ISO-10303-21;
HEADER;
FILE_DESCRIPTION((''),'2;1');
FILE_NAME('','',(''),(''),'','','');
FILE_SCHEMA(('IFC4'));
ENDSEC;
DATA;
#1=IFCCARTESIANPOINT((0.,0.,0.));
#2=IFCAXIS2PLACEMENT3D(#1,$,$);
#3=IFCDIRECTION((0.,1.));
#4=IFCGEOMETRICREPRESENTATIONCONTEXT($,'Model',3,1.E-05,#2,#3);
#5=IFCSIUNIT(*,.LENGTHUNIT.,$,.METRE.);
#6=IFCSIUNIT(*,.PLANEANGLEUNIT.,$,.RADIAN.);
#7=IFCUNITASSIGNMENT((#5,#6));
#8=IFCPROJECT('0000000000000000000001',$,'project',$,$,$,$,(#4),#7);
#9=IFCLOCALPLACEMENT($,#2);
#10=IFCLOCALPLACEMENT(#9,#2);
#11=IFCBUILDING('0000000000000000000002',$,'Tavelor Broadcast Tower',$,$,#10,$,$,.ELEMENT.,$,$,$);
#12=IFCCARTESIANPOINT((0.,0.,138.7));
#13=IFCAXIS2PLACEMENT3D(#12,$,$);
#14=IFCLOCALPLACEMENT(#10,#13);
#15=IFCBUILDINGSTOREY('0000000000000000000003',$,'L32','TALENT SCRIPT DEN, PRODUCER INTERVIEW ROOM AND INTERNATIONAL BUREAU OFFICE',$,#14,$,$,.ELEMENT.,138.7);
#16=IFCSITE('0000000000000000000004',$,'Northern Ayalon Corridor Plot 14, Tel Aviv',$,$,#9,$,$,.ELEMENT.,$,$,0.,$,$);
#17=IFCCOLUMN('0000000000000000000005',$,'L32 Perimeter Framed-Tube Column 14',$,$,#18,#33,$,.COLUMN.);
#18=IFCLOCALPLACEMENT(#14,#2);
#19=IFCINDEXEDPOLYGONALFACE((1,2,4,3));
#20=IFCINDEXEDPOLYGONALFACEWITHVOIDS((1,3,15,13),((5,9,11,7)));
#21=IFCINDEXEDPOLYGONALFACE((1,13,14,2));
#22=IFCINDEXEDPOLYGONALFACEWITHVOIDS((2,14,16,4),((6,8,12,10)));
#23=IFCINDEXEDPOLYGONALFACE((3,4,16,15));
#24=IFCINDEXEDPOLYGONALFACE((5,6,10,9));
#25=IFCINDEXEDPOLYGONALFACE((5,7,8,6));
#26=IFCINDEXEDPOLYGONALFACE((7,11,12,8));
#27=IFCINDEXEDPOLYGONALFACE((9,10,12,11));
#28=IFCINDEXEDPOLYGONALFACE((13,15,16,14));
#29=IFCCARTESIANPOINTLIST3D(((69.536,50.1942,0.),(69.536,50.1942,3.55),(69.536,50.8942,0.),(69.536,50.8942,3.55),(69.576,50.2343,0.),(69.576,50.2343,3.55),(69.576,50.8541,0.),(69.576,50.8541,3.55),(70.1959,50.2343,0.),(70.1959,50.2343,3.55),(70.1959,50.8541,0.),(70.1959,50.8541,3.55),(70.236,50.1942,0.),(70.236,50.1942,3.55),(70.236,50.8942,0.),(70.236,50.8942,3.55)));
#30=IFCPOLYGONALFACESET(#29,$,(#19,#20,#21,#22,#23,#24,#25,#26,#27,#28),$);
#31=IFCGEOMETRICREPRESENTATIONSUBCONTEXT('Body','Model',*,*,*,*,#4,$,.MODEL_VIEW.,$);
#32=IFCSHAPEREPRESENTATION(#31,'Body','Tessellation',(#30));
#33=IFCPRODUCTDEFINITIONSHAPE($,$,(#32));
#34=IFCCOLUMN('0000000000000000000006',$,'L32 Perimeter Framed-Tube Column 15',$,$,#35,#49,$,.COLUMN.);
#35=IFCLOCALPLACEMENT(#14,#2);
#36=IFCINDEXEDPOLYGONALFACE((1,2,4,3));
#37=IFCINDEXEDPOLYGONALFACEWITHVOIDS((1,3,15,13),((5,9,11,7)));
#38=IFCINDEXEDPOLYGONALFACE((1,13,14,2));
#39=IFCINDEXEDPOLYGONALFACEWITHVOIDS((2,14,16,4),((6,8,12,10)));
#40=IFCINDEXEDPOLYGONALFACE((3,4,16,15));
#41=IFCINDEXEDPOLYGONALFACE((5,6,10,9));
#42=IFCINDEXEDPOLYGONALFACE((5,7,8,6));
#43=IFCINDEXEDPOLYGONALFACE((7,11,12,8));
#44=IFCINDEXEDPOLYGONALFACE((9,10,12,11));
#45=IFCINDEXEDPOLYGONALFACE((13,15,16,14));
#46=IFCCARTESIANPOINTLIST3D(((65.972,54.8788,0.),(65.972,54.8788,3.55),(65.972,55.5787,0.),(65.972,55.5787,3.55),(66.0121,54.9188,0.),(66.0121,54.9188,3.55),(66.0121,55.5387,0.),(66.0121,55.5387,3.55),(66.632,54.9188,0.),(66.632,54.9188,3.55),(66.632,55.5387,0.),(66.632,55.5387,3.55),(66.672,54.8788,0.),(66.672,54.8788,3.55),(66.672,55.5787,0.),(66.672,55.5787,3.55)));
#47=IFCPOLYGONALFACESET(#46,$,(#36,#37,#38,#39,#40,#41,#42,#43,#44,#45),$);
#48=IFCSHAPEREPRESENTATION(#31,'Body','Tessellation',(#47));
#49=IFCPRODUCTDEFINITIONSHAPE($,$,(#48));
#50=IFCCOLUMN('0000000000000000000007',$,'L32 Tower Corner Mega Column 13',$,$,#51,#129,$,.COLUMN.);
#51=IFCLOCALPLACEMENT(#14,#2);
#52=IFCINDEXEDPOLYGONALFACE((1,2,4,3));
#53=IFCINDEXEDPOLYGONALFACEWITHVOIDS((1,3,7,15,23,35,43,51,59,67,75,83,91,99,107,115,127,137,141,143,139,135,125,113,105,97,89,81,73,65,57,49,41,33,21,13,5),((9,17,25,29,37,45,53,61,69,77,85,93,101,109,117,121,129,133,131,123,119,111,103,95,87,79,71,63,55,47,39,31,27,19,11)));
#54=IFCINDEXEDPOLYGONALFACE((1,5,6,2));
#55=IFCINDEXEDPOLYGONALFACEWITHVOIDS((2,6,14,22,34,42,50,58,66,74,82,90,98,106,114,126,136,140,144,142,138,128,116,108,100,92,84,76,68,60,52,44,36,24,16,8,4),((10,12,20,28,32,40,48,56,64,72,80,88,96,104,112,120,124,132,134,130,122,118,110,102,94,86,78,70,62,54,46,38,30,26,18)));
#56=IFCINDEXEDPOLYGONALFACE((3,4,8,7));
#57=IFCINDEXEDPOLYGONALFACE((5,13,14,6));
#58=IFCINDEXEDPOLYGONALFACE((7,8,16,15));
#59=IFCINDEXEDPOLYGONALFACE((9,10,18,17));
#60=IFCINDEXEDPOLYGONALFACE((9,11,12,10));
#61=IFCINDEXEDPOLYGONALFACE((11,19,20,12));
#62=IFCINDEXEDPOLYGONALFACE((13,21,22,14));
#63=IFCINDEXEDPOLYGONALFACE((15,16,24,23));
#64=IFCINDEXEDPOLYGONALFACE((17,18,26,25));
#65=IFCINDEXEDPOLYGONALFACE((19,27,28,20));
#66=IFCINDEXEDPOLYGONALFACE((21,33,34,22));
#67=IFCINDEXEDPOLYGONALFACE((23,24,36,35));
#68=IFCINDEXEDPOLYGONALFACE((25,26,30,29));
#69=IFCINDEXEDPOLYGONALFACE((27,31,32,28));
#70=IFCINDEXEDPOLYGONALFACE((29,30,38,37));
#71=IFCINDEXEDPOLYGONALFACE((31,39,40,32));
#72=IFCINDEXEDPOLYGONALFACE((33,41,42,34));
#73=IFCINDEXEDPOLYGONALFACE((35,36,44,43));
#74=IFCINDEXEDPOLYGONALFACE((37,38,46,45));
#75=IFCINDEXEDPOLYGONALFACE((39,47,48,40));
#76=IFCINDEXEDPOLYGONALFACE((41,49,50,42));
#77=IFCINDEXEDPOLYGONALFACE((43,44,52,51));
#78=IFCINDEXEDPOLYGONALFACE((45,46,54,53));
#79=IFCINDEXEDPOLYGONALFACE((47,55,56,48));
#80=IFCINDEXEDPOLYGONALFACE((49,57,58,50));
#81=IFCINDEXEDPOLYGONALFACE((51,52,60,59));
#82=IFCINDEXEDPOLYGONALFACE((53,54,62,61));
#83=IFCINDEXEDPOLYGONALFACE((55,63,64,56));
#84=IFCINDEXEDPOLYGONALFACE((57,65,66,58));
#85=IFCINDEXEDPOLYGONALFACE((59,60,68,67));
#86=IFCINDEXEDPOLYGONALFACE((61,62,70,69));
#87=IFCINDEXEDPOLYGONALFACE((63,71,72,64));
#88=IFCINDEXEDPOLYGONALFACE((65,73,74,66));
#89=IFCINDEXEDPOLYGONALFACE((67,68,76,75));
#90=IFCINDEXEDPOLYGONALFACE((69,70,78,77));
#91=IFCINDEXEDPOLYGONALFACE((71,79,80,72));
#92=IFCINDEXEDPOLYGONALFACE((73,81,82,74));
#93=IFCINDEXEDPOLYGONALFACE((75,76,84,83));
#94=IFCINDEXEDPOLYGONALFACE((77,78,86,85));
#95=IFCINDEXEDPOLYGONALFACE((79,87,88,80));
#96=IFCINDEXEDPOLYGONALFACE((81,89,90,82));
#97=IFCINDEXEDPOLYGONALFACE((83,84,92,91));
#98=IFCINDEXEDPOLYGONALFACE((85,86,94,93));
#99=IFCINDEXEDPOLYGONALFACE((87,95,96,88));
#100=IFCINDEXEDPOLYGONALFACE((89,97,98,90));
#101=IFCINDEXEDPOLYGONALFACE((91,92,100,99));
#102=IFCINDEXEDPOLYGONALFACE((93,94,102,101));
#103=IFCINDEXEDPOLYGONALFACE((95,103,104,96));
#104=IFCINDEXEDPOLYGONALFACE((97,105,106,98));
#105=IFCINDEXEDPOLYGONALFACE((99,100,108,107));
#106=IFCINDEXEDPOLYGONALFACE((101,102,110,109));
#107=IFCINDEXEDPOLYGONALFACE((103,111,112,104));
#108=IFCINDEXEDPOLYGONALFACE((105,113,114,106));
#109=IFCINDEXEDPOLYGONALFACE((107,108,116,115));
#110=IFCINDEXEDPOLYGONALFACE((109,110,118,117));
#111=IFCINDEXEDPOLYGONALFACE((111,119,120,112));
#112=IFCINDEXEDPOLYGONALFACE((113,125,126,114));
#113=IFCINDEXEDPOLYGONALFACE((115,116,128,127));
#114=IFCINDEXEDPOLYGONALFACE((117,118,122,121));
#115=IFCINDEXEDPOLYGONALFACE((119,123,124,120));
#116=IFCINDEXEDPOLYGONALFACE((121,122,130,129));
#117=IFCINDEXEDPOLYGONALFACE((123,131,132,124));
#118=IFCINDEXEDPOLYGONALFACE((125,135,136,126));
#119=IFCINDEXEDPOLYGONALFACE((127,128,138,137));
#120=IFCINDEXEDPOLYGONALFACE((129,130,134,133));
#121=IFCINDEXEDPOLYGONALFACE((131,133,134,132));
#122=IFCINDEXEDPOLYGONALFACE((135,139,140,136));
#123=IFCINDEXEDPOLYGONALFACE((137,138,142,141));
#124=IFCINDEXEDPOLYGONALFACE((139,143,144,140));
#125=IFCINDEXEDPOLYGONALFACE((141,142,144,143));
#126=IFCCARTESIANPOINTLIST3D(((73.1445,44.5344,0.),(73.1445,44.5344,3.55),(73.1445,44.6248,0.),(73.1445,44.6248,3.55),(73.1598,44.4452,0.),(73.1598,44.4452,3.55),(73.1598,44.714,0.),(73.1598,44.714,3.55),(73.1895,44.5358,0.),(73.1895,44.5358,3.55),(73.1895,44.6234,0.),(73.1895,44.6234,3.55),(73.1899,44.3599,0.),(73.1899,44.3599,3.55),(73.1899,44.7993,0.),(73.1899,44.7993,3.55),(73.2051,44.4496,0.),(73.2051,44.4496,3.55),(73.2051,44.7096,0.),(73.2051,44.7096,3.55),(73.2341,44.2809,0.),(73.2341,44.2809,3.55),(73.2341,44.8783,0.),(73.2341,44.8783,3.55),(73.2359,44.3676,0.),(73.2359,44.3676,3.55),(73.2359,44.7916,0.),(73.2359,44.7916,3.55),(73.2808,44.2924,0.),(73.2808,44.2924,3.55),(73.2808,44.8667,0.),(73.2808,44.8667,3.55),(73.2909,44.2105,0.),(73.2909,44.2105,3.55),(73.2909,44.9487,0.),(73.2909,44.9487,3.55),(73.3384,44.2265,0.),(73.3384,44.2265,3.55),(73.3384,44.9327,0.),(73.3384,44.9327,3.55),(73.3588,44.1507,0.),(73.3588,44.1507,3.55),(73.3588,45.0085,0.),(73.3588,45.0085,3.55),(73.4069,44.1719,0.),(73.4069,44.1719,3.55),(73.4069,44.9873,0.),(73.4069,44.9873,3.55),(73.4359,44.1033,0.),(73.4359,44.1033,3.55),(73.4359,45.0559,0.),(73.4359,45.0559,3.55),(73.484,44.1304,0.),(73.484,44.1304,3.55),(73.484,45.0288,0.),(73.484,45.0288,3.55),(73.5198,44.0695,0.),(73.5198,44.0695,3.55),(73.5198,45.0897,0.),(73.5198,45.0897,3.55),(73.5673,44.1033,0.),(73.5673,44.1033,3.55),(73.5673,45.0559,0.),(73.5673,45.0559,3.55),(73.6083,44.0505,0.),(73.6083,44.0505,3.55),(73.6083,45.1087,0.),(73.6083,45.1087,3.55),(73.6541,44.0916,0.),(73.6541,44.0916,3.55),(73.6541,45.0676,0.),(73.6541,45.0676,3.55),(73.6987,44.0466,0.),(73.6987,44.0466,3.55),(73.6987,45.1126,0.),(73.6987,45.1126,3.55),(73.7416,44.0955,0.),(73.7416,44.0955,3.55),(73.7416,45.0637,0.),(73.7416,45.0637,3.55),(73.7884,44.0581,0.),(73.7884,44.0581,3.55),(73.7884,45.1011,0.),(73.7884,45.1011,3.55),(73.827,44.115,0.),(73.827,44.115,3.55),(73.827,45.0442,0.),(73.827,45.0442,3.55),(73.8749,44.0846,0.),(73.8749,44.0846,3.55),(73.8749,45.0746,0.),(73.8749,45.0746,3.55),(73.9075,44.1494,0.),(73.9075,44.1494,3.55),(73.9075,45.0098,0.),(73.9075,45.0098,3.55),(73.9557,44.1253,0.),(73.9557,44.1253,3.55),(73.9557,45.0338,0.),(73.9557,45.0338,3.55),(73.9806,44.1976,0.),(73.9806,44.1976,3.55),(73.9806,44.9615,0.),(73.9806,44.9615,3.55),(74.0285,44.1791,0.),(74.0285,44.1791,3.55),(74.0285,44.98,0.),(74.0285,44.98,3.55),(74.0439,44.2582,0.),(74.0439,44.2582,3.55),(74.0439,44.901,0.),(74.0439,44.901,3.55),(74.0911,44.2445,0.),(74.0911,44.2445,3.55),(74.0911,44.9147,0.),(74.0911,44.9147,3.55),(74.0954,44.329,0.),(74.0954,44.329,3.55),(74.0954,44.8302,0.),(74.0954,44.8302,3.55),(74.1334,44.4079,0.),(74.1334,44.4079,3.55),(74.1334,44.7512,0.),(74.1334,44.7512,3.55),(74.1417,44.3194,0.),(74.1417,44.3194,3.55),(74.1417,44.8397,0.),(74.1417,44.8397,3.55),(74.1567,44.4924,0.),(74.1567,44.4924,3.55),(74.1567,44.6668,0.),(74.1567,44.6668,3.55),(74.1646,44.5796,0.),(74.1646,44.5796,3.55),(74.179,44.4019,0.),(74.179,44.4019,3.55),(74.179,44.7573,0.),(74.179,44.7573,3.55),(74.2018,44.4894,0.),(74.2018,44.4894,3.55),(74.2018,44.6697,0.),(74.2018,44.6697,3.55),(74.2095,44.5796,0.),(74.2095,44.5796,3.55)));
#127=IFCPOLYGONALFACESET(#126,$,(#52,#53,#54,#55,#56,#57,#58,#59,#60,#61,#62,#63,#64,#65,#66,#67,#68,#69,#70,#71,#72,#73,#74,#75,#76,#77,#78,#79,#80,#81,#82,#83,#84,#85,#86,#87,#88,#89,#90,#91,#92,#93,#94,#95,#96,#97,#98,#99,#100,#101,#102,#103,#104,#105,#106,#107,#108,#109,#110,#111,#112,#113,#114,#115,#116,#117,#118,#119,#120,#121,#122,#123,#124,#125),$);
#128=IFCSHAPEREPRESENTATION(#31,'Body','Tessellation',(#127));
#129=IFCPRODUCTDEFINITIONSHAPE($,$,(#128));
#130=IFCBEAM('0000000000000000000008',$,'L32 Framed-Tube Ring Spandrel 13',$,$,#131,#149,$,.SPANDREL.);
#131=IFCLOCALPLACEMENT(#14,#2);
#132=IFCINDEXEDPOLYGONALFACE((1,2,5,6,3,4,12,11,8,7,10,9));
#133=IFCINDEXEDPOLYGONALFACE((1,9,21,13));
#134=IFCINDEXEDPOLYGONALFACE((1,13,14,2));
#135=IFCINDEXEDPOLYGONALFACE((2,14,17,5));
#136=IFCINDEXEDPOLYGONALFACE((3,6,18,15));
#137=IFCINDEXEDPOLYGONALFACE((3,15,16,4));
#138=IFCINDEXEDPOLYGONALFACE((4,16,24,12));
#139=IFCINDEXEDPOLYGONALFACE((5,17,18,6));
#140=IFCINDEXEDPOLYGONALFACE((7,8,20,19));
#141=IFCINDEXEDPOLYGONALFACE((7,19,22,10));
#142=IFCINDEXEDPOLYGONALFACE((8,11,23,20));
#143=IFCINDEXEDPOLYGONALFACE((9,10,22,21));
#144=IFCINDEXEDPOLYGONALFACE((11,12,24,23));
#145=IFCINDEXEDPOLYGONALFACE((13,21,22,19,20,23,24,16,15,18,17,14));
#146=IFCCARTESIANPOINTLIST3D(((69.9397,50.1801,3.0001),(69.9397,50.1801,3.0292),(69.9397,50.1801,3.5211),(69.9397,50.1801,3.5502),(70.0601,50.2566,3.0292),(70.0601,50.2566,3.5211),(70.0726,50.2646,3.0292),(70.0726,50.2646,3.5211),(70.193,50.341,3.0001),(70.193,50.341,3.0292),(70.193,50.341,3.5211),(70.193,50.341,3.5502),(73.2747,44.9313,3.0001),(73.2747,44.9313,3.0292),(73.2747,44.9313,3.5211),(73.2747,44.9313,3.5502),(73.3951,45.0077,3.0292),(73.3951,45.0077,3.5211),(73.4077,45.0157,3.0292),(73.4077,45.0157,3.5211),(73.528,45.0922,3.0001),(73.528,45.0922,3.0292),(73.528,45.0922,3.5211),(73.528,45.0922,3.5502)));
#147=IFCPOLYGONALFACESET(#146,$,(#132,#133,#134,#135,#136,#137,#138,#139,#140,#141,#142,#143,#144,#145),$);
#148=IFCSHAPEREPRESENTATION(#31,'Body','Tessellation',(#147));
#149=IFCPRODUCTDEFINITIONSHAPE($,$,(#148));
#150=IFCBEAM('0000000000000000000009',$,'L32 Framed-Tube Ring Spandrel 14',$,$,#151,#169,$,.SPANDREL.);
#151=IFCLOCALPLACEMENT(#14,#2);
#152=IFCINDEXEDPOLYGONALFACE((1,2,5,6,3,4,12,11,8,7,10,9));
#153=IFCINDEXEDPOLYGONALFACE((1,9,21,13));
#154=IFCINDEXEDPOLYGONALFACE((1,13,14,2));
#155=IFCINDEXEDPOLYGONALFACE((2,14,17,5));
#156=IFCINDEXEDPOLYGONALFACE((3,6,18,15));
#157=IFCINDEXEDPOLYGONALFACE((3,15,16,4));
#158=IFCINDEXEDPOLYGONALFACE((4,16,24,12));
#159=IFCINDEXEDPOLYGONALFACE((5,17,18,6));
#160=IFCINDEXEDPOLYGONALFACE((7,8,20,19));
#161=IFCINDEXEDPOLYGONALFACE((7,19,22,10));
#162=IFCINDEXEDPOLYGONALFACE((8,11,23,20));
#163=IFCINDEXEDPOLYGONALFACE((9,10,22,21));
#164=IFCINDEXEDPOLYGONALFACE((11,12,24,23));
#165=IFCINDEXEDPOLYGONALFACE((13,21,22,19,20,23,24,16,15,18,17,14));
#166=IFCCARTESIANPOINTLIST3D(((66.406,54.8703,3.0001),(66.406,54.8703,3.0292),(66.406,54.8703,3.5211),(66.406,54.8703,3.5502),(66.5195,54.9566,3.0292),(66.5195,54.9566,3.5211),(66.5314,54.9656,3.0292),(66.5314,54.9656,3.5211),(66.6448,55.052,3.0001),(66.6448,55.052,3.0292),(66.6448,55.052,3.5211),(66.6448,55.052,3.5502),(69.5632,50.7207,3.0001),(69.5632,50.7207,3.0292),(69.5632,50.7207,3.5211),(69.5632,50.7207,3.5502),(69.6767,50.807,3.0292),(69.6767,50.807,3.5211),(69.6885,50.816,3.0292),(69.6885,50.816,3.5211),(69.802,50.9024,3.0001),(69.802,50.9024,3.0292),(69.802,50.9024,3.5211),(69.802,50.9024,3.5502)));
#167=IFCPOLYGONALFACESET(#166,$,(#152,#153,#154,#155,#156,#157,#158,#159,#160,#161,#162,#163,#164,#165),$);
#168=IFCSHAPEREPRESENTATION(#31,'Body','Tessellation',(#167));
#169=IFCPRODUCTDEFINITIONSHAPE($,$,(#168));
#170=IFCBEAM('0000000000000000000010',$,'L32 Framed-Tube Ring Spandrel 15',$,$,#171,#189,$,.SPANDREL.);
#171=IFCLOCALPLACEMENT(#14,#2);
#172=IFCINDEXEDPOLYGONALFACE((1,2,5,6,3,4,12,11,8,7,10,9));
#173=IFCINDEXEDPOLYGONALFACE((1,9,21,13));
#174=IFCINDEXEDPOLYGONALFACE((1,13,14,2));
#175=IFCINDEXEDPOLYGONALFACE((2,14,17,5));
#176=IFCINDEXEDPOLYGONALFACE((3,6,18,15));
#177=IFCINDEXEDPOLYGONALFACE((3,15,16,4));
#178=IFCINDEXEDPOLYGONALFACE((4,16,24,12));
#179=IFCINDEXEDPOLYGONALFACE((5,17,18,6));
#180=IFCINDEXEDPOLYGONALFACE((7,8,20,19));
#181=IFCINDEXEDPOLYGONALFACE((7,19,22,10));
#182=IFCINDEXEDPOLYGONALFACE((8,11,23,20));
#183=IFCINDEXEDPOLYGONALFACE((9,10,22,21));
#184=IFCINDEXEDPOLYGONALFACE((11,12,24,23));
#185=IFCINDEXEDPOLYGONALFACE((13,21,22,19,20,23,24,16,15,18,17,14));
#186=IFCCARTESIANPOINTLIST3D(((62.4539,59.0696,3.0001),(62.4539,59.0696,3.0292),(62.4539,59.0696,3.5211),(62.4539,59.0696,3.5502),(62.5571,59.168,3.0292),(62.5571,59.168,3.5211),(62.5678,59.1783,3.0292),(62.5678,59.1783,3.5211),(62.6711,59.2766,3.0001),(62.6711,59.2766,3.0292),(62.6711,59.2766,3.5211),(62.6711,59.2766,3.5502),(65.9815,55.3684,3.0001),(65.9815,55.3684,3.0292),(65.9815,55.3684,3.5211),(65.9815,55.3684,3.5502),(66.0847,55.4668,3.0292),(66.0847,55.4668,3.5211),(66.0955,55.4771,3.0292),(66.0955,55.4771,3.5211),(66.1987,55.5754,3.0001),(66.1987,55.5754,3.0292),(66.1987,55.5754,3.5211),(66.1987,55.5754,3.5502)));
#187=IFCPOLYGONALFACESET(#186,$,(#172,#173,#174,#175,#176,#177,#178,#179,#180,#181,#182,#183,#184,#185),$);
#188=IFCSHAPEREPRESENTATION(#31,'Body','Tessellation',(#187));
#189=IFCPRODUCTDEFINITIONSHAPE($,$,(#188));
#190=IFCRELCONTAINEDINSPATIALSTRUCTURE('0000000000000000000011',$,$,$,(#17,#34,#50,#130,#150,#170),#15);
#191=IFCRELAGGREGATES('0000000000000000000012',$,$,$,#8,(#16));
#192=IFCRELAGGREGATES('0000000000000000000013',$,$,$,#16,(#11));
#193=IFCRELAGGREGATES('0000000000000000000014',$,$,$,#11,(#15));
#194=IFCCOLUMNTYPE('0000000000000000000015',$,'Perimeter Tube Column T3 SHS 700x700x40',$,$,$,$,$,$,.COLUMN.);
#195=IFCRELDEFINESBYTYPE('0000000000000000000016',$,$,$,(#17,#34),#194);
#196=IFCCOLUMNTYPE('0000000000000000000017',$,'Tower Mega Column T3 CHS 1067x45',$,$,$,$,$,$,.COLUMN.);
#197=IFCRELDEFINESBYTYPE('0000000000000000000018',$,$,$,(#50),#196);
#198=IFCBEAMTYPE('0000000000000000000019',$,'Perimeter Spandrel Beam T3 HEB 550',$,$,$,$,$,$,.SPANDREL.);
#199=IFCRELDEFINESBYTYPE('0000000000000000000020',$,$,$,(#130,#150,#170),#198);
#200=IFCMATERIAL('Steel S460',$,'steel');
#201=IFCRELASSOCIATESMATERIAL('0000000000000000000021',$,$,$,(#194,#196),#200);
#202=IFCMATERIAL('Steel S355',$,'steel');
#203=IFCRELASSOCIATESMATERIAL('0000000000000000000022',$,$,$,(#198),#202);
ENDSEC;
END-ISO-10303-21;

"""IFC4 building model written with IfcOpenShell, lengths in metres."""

from ifc_helpers import new_model, si_unit, direction, frame, origin, origin_2d, place, context, subcontext, project, spatial, hollow_rectangle, hollow_circle, i_section, extrude, material, material_profile, profile_set, type_object, element, save


model = new_model("IFC4")

# Units and contexts
model_context = context("Model", 3, precision=1e-05, world=origin(), true_north=direction((0.0, 1.0)))
body_context = subcontext(model_context, "Body", "Model", "MODEL_VIEW")
ifc_project = project(units=[si_unit("LENGTHUNIT", "METRE"), si_unit("PLANEANGLEUNIT", "RADIAN")], contexts=[model_context])

# Site, building, storey
site_placement = place(None, origin())
site = spatial("IfcSite", under=ifc_project, at=site_placement, Name="Northern Ayalon Corridor Plot 14, Tel Aviv", CompositionType="ELEMENT", RefElevation=0.0)
building_placement = place(site_placement, origin())
building = spatial("IfcBuilding", under=site, at=building_placement, Name="Tavelor Broadcast Tower", CompositionType="ELEMENT")
storey_placement = place(building_placement, frame((0.0, 0.0, 138.7)))
storey = spatial("IfcBuildingStorey", under=building, at=storey_placement, Name="L32", Description="TALENT SCRIPT DEN, PRODUCER INTERVIEW ROOM AND INTERNATIONAL BUREAU OFFICE", CompositionType="ELEMENT", Elevation=138.7)

# Columns
ifc_material_1 = material(Name="Steel S460", Category="steel")
ifc_material_profile_1 = material_profile(ifc_material_1, hollow_rectangle(XDim=0.7, YDim=0.7, WallThickness=0.04, at=origin_2d()), Name="SHS 700x700x40")
ifc_profile_set_1 = profile_set([ifc_material_profile_1], Name="Steel S460")
column_type_1 = type_object("IfcColumnType", Name="Perimeter Tube Column T3 SHS 700x700x40", PredefinedType="COLUMN", material=ifc_profile_set_1)
for number, where, z_axis, x_axis, name in (
    (1, (69.886, 50.5442, 0.0), (0.0, 0.0, 1.0), (1.0, 0.0, 0.0), "L32 Perimeter Framed-Tube Column 14"),
    (2, (66.322, 55.2288, 0.0), (0.0, 0.0, 1.0), (1.0, 0.0, 0.0), "L32 Perimeter Framed-Tube Column 15"),
):
    element("IfcColumn", number, at=place(storey_placement, frame(where, z_axis=z_axis, x_axis=x_axis)), inside=storey, type_object=column_type_1, Name=name, PredefinedType="COLUMN", context=body_context, shape_type="SweptSolid", body=[
        extrude(hollow_rectangle(XDim=0.7, YDim=0.7, WallThickness=0.04, at=origin_2d()), origin(), (0.0, 0.0, 1.0), 3.55),
    ])
ifc_material_profile_2 = material_profile(ifc_material_1, hollow_circle(Radius=0.5334, WallThickness=0.0449, at=origin_2d()), Name="CHS 1067x45")
ifc_profile_set_2 = profile_set([ifc_material_profile_2], Name="Steel S460")
column_type_2 = type_object("IfcColumnType", Name="Tower Mega Column T3 CHS 1067x45", PredefinedType="COLUMN", material=ifc_profile_set_2)
column_placement = place(storey_placement, frame((73.676, 44.5796, 0.0), z_axis=(0.0, 0.0, 1.0), x_axis=(1.0, 0.0, 0.0)))
element("IfcColumn", 3, at=column_placement, inside=storey, type_object=column_type_2, Name="L32 Tower Corner Mega Column 13", PredefinedType="COLUMN", context=body_context, shape_type="SweptSolid", body=[
    extrude(hollow_circle(Radius=0.5334, WallThickness=0.0449, at=origin_2d()), origin(), (0.0, 0.0, 1.0), 3.55),
])

# Beams
ifc_material_2 = material(Name="Steel S355", Category="steel")
ifc_material_profile_3 = material_profile(ifc_material_2, i_section(OverallWidth=0.3, OverallDepth=0.55, WebThickness=0.0149, FlangeThickness=0.0291, at=origin_2d()), Name="HEB 550")
ifc_profile_set_3 = profile_set([ifc_material_profile_3], Name="Steel S355")
beam_type = type_object("IfcBeamType", Name="Perimeter Spandrel Beam T3 HEB 550", PredefinedType="SPANDREL", material=ifc_profile_set_3)
beam_1_placement = place(storey_placement, frame((73.4014, 45.0117, 3.2751), z_axis=(-0.536283, 0.844038, 0.0), x_axis=(-0.844038, -0.536283, 0.0)))
element("IfcBeam", 4, at=beam_1_placement, inside=storey, type_object=beam_type, Name="L32 Framed-Tube Ring Spandrel 13", PredefinedType="SPANDREL", context=body_context, shape_type="SweptSolid", body=[
    extrude(i_section(OverallWidth=0.3, OverallDepth=0.55, WebThickness=0.0149, FlangeThickness=0.0291, at=origin_2d()), origin(), (0.0, 0.0, 1.0), 6.2188),
])
beam_2_placement = place(storey_placement, frame((69.6826, 50.8115, 3.2751), z_axis=(-0.605507, 0.79584, 0.0), x_axis=(-0.79584, -0.605507, 0.0)))
element("IfcBeam", 5, at=beam_2_placement, inside=storey, type_object=beam_type, Name="L32 Framed-Tube Ring Spandrel 14", PredefinedType="SPANDREL", context=body_context, shape_type="SweptSolid", body=[
    extrude(i_section(OverallWidth=0.3, OverallDepth=0.55, WebThickness=0.0149, FlangeThickness=0.0291, at=origin_2d()), origin(), (0.0, 0.0, 1.0), 5.2141),
])
beam_3_placement = place(storey_placement, frame((66.0901, 55.4719, 3.2751), z_axis=(-0.689928, 0.723878, 0.0), x_axis=(-0.723878, -0.689928, 0.0)))
element("IfcBeam", 6, at=beam_3_placement, inside=storey, type_object=beam_type, Name="L32 Framed-Tube Ring Spandrel 15", PredefinedType="SPANDREL", context=body_context, shape_type="SweptSolid", body=[
    extrude(i_section(OverallWidth=0.3, OverallDepth=0.55, WebThickness=0.0149, FlangeThickness=0.0291, at=origin_2d()), origin(), (0.0, 0.0, 1.0), 5.113),
])

save(model, "model.ifc")
